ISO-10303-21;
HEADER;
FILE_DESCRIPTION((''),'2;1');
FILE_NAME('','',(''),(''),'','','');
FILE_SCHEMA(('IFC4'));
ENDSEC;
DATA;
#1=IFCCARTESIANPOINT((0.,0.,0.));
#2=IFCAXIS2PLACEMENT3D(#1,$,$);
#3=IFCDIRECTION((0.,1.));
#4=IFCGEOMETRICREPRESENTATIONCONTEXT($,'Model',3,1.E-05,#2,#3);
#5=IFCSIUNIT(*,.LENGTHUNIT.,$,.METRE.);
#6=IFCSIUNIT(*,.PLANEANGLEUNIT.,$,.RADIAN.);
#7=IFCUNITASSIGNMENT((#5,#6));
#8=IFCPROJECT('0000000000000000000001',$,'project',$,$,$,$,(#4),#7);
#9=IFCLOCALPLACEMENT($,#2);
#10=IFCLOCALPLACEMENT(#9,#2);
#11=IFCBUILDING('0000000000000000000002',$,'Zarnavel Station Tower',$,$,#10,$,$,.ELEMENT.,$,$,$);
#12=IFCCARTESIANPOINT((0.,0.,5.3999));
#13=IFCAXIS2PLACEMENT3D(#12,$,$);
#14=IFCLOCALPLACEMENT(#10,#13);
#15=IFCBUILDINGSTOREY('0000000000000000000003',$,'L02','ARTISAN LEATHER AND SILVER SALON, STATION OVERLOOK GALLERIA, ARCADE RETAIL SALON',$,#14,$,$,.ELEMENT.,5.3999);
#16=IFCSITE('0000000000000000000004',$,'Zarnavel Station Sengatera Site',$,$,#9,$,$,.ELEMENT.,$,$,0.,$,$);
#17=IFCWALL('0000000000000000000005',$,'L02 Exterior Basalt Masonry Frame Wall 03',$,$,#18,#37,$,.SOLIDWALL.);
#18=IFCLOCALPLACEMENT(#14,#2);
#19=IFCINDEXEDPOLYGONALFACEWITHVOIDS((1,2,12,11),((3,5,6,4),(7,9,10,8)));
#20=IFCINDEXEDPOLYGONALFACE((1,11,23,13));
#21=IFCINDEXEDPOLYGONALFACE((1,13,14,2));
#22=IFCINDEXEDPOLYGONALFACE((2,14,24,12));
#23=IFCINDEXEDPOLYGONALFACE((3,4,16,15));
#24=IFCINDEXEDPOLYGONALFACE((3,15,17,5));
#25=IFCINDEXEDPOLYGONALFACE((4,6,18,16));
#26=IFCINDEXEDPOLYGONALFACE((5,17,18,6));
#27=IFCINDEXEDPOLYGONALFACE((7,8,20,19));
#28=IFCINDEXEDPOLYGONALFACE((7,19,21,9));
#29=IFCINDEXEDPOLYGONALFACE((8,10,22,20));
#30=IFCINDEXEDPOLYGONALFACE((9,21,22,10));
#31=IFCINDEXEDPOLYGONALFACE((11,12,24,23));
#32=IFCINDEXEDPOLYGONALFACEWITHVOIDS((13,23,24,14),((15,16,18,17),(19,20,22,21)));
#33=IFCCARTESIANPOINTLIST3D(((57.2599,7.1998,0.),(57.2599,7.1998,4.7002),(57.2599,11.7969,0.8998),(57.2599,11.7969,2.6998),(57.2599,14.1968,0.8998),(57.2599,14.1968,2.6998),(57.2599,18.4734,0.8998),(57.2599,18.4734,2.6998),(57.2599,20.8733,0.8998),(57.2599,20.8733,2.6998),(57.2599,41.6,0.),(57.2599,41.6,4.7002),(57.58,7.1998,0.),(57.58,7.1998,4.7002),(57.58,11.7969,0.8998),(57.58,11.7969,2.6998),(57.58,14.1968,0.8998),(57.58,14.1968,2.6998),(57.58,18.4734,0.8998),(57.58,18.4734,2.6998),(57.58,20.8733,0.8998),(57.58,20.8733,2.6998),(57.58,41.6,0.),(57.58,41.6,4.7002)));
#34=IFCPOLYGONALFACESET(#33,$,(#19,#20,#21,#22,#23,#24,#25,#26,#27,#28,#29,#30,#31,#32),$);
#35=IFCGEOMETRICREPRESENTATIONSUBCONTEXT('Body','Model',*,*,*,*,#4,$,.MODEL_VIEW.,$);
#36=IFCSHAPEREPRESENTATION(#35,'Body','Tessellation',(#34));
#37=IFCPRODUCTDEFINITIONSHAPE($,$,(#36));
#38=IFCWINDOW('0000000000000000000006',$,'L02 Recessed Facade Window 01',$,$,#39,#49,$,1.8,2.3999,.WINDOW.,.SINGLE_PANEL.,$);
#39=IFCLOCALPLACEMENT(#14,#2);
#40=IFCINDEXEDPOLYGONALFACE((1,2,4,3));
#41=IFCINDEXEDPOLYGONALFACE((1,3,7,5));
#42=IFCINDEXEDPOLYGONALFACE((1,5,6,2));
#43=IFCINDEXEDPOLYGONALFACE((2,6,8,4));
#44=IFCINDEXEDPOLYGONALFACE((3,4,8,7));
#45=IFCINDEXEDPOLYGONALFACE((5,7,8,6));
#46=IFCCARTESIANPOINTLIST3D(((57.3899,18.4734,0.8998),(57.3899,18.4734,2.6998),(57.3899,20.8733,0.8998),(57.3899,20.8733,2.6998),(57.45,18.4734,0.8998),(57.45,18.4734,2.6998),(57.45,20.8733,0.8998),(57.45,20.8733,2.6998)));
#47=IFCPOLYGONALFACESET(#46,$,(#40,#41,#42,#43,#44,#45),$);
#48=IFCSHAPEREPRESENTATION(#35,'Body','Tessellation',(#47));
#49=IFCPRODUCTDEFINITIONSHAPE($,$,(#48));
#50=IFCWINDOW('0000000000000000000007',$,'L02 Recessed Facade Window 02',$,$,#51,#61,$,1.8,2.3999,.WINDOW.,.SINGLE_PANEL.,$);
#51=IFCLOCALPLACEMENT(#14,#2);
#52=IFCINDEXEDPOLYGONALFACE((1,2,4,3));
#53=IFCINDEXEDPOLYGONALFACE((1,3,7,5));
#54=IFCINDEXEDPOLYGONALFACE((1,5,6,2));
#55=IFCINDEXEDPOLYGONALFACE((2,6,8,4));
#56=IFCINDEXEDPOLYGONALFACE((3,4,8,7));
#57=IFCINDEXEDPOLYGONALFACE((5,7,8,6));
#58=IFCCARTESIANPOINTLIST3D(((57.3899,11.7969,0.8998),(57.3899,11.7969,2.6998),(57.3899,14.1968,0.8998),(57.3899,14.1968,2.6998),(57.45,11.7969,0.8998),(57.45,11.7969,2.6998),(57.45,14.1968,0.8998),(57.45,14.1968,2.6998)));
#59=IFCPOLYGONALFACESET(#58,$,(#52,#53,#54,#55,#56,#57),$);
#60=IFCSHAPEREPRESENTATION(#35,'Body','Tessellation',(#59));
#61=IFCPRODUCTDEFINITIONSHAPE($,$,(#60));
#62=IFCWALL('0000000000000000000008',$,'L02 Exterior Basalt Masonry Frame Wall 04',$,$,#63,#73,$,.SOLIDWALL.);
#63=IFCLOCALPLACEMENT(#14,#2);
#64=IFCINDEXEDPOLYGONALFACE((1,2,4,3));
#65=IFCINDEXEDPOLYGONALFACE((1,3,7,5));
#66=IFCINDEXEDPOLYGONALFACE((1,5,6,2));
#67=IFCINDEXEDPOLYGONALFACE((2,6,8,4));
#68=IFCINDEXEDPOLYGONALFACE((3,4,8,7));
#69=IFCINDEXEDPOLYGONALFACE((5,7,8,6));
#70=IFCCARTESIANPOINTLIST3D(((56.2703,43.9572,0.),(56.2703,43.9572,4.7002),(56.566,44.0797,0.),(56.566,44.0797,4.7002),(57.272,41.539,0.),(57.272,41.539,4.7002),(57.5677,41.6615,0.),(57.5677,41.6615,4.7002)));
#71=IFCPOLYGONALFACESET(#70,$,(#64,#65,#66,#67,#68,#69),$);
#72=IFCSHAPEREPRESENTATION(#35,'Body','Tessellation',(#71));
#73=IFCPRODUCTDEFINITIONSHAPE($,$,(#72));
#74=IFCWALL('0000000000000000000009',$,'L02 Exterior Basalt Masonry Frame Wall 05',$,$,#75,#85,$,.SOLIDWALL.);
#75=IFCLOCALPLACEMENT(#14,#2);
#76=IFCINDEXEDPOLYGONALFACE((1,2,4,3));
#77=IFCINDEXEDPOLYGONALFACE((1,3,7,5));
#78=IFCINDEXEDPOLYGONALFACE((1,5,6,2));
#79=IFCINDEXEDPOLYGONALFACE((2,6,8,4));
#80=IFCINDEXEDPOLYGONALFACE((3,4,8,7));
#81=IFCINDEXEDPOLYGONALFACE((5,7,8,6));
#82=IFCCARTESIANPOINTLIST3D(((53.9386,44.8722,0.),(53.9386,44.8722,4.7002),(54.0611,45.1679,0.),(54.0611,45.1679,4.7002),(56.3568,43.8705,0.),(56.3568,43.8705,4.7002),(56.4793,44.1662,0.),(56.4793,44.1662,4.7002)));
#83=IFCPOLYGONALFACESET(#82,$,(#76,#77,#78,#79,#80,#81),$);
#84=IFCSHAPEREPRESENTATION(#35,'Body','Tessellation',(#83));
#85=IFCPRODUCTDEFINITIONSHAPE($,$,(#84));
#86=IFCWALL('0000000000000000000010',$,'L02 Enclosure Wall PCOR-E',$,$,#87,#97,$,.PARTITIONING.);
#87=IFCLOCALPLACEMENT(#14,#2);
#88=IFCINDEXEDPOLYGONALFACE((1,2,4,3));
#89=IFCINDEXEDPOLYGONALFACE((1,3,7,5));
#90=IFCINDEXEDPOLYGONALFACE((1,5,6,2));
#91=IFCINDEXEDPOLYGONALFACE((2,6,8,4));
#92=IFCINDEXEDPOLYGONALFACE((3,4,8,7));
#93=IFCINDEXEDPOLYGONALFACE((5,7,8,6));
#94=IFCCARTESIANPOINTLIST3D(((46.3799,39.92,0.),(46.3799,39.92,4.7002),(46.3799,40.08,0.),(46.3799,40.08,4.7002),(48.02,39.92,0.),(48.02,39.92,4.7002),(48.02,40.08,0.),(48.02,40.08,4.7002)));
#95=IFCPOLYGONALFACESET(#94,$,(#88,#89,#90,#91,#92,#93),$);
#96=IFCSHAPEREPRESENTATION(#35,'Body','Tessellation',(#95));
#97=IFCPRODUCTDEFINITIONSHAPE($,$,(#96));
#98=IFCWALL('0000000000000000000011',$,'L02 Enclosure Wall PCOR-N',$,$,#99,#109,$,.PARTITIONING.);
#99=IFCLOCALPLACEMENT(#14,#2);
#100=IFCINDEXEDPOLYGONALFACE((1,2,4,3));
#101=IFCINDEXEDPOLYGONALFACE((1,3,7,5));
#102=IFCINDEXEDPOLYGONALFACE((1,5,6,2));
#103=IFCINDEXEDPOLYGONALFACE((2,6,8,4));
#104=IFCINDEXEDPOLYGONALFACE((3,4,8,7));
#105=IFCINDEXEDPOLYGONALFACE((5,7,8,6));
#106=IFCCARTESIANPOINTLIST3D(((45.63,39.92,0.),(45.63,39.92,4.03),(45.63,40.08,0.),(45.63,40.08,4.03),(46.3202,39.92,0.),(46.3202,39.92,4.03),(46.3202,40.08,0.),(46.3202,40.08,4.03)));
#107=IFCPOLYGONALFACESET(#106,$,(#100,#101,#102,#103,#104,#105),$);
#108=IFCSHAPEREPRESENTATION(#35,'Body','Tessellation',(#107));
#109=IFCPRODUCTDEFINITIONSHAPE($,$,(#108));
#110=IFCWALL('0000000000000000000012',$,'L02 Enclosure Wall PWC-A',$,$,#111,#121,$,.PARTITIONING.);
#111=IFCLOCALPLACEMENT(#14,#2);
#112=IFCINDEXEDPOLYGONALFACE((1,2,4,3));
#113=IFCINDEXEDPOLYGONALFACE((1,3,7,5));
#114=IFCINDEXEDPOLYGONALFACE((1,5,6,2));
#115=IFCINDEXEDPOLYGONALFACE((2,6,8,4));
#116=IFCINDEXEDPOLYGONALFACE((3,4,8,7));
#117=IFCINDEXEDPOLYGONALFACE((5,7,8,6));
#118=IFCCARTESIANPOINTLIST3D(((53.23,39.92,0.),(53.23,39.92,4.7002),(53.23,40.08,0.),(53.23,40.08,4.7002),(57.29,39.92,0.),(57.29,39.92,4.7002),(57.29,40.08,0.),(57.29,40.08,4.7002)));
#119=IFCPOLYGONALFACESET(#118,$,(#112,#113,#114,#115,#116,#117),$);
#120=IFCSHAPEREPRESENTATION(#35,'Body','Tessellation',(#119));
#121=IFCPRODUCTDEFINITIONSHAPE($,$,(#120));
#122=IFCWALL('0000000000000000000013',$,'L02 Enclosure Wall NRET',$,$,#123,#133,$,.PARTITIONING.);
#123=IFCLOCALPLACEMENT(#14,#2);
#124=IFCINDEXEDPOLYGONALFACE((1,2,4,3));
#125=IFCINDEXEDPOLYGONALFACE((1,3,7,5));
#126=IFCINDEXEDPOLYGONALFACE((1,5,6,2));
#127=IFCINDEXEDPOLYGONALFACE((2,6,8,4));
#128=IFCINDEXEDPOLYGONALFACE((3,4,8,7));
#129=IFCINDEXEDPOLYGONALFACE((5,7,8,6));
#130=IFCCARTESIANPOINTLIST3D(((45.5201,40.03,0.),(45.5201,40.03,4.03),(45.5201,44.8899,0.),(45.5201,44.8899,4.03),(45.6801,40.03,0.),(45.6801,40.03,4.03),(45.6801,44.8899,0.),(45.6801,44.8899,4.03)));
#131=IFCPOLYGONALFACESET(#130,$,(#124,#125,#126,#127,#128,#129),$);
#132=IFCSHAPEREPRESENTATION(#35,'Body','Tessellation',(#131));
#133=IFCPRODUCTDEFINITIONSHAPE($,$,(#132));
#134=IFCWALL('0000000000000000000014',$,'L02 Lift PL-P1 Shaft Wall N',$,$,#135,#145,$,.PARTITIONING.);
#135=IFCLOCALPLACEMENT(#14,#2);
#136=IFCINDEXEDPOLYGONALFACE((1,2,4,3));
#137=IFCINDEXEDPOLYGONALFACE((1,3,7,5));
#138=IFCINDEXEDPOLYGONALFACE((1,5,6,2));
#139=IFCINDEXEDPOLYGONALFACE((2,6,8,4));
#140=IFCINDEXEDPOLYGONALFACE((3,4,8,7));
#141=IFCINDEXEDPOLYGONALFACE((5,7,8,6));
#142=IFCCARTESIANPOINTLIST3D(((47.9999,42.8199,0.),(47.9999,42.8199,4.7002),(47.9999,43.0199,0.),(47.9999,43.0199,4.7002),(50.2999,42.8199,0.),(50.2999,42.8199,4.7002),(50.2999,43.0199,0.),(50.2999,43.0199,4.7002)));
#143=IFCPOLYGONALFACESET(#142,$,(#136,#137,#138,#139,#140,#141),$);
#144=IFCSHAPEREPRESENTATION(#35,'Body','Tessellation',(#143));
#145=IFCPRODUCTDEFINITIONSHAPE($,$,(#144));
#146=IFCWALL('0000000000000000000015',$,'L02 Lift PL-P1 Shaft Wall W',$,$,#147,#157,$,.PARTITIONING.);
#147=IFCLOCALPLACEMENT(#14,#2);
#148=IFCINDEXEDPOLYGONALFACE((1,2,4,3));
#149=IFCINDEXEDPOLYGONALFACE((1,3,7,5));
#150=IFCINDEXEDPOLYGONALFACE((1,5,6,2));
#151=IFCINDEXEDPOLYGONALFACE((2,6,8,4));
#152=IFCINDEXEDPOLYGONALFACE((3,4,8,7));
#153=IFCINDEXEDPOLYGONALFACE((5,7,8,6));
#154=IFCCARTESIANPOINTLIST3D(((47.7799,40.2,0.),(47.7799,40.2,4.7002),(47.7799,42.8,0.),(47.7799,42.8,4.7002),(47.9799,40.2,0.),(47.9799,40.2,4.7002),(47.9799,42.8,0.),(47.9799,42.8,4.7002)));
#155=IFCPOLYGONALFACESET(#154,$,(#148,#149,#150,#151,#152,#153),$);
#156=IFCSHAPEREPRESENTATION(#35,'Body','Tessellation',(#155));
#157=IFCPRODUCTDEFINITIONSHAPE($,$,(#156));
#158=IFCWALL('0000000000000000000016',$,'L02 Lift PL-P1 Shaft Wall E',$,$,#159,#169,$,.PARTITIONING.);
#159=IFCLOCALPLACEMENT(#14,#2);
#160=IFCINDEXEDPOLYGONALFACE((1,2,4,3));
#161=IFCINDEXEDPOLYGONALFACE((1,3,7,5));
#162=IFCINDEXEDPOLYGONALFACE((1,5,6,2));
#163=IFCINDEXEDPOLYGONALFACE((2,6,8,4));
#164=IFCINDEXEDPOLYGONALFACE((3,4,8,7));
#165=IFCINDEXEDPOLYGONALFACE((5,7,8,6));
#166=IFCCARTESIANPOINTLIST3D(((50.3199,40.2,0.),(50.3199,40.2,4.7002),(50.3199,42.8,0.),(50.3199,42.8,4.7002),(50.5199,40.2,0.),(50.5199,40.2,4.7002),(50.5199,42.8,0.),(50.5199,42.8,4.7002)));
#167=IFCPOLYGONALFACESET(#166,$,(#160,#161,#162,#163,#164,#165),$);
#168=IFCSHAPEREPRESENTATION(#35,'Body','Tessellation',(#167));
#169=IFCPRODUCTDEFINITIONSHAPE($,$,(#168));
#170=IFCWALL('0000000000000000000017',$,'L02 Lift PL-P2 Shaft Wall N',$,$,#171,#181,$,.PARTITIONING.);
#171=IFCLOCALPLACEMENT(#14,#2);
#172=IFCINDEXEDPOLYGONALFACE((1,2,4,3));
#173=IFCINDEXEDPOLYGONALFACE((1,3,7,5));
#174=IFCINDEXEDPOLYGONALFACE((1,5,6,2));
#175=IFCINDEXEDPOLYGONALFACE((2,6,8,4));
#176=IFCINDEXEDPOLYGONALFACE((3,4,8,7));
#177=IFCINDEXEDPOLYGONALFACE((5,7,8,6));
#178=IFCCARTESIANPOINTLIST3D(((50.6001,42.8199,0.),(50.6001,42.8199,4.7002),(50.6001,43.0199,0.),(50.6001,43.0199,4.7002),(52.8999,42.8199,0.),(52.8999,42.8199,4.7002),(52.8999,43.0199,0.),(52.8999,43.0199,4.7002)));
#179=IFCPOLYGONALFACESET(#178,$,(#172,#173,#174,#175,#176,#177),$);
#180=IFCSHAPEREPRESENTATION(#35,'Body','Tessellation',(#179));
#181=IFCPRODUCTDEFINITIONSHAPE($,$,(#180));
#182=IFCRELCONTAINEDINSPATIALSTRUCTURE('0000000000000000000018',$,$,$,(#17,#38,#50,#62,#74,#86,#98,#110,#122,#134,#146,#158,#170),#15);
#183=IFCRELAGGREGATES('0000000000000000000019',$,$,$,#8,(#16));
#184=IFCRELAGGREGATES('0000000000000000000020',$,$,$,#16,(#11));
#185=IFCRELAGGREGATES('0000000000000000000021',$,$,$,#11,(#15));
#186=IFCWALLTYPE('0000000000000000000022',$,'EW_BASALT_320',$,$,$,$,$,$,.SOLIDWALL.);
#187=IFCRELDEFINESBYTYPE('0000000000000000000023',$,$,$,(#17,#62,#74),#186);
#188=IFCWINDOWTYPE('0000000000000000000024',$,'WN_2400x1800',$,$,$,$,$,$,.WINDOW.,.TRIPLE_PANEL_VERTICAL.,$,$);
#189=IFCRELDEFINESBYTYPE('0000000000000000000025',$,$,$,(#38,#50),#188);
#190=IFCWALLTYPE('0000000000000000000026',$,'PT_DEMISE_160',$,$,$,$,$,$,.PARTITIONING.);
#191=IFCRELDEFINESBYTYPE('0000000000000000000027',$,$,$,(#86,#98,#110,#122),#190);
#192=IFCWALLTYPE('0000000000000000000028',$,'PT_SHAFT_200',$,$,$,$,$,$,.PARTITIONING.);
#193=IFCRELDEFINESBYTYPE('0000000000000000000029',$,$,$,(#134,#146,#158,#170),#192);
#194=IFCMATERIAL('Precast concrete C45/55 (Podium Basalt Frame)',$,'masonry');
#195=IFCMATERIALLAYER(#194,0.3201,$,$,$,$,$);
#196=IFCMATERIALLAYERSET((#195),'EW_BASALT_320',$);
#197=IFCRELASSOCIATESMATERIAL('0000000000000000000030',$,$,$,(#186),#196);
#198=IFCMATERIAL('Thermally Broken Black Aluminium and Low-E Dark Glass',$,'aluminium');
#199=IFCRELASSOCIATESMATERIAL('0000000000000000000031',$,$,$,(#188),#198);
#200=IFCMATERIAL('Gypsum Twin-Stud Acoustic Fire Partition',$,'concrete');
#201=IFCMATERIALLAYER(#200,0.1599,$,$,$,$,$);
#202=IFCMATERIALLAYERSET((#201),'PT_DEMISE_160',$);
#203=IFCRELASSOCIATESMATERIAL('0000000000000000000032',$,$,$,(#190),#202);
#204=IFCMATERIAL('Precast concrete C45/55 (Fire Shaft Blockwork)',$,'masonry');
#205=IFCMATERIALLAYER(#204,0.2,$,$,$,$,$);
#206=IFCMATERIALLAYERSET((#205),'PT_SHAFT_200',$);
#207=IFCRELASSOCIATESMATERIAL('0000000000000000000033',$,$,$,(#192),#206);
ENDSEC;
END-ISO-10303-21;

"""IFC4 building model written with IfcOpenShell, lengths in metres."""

from ifc_helpers import new_model, si_unit, direction, frame, frame_2d, origin, place, context, subcontext, project, spatial, rectangle, extrude, material, layer, layer_set, type_object, element, fill, save


model = new_model("IFC4")

# Units and contexts
model_context = context("Model", 3, precision=1e-05, world=origin(), true_north=direction((0.0, 1.0)))
body_context = subcontext(model_context, "Body", "Model", "MODEL_VIEW")
ifc_project = project(units=[si_unit("LENGTHUNIT", "METRE"), si_unit("PLANEANGLEUNIT", "RADIAN")], contexts=[model_context])

# Site, building, storey
site_placement = place(None, origin())
site = spatial("IfcSite", under=ifc_project, at=site_placement, Name="Zarnavel Station Sengatera Site", CompositionType="ELEMENT", RefElevation=0.0)
building_placement = place(site_placement, origin())
building = spatial("IfcBuilding", under=site, at=building_placement, Name="Zarnavel Station Tower", CompositionType="ELEMENT")
storey_placement = place(building_placement, frame((0.0, 0.0, 5.3999)))
storey = spatial("IfcBuildingStorey", under=building, at=storey_placement, Name="L02", Description="ARTISAN LEATHER AND SILVER SALON, STATION OVERLOOK GALLERIA, ARCADE RETAIL SALON", CompositionType="ELEMENT", Elevation=5.3999)

# Wall, openings, windows
ifc_material_1 = material(Name="Precast concrete C45/55 (Podium Basalt Frame)", Category="masonry")
ifc_layer_1 = layer(ifc_material_1, 0.3201)
ifc_layer_set_1 = layer_set([ifc_layer_1], Name="EW_BASALT_320")
wall_type_1 = type_object("IfcWallType", Name="EW_BASALT_320", PredefinedType="SOLIDWALL", material=ifc_layer_set_1)
wall_1_placement = place(storey_placement, frame((57.4199, 41.6001, 0.0), z_axis=(0.0, 0.0, 1.0), x_axis=(0.0, -1.0, 0.0)))
wall_1 = element("IfcWall", 1, at=wall_1_placement, inside=storey, type_object=wall_type_1, Name="L02 Exterior Basalt Masonry Frame Wall 03", PredefinedType="SOLIDWALL", context=body_context, shape_type="SweptSolid", body=[
    extrude(rectangle(XDim=34.4001, YDim=0.3201, at=frame_2d((17.2002, 0.0))), origin(), (0.0, 0.0, 1.0), 4.7002),
])
opening_1_placement = place(wall_1_placement, frame((20.7268, 0.0, 0.8999)))
opening_1 = element("IfcOpeningElement", 2, at=opening_1_placement, cuts=wall_1, PredefinedType="OPENING", context=body_context, shape_type="SweptSolid", body=[
    extrude(rectangle(XDim=2.3999, YDim=1.8, at=frame_2d((1.2, 0.8999))), frame((0.0, 0.1699, 0.0), z_axis=(0.0, -1.0, 0.0), x_axis=(1.0, 0.0, 0.0)), (0.0, 0.0, 1.0), 0.3401),
])
opening_2_placement = place(wall_1_placement, frame((27.4033, 0.0, 0.8999)))
opening_2 = element("IfcOpeningElement", 3, at=opening_2_placement, cuts=wall_1, PredefinedType="OPENING", context=body_context, shape_type="SweptSolid", body=[
    extrude(rectangle(XDim=2.3999, YDim=1.8, at=frame_2d((1.2, 0.8999))), frame((0.0, 0.1699, 0.0), z_axis=(0.0, -1.0, 0.0), x_axis=(1.0, 0.0, 0.0)), (0.0, 0.0, 1.0), 0.3401),
])
ifc_material_2 = material(Name="Thermally Broken Black Aluminium and Low-E Dark Glass", Category="aluminium")
window_type = type_object("IfcWindowType", Name="WN_2400x1800", PartitioningType="TRIPLE_PANEL_VERTICAL", PredefinedType="WINDOW", material=ifc_material_2)
window_1_placement = place(opening_1_placement, origin())
window_1 = element("IfcWindow", 4, at=window_1_placement, inside=storey, type_object=window_type, Name="L02 Recessed Facade Window 01", OverallHeight=1.8, OverallWidth=2.3999, PartitioningType="SINGLE_PANEL", PredefinedType="WINDOW", context=body_context, shape_type="SweptSolid", body=[
    extrude(rectangle(XDim=2.3999, YDim=1.8, at=frame_2d((1.2, 0.8999))), frame((0.0, 0.03, 0.0), z_axis=(0.0, -1.0, 0.0), x_axis=(1.0, 0.0, 0.0)), (0.0, 0.0, 1.0), 0.0601),
])
fill(opening_1, window_1)
window_2_placement = place(opening_2_placement, origin())
window_2 = element("IfcWindow", 5, at=window_2_placement, inside=storey, type_object=window_type, Name="L02 Recessed Facade Window 02", OverallHeight=1.8, OverallWidth=2.3999, PartitioningType="SINGLE_PANEL", PredefinedType="WINDOW", context=body_context, shape_type="SweptSolid", body=[
    extrude(rectangle(XDim=2.3999, YDim=1.8, at=frame_2d((1.2, 0.8999))), frame((0.0, 0.03, 0.0), z_axis=(0.0, -1.0, 0.0), x_axis=(1.0, 0.0, 0.0)), (0.0, 0.0, 1.0), 0.0601),
])
fill(opening_2, window_2)

# Walls
for number, where, z_axis, x_axis, name in (
    (6, (56.4182, 44.0183, 0.0), (0.0, 0.0, 1.0), (0.382701, -0.923872, 0.0), "L02 Exterior Basalt Masonry Frame Wall 04"),
    (7, (54.0, 45.02, 0.0), (0.0, 0.0, 1.0), (0.923872, -0.382701, 0.0), "L02 Exterior Basalt Masonry Frame Wall 05"),
):
    element("IfcWall", number, at=place(storey_placement, frame(where, z_axis=z_axis, x_axis=x_axis)), inside=storey, type_object=wall_type_1, Name=name, PredefinedType="SOLIDWALL", context=body_context, shape_type="SweptSolid", body=[
        extrude(rectangle(XDim=2.6174, YDim=0.3201, at=frame_2d((1.3086, 0.0))), origin(), (0.0, 0.0, 1.0), 4.7002),
    ])
ifc_material_3 = material(Name="Gypsum Twin-Stud Acoustic Fire Partition", Category="concrete")
ifc_layer_2 = layer(ifc_material_3, 0.1599)
ifc_layer_set_2 = layer_set([ifc_layer_2], Name="PT_DEMISE_160")
wall_type_2 = type_object("IfcWallType", Name="PT_DEMISE_160", PredefinedType="PARTITIONING", material=ifc_layer_set_2)
wall_2_placement = place(storey_placement, frame((46.3799, 40.0, 0.0), z_axis=(0.0, 0.0, 1.0), x_axis=(1.0, 0.0, 0.0)))
element("IfcWall", 8, at=wall_2_placement, inside=storey, type_object=wall_type_2, Name="L02 Enclosure Wall PCOR-E", PredefinedType="PARTITIONING", context=body_context, shape_type="SweptSolid", body=[
    extrude(rectangle(XDim=1.6401, YDim=0.1599, at=frame_2d((0.8201, 0.0))), origin(), (0.0, 0.0, 1.0), 4.7002),
])
wall_3_placement = place(storey_placement, frame((45.6299, 40.0, 0.0), z_axis=(0.0, 0.0, 1.0), x_axis=(1.0, 0.0, 0.0)))
element("IfcWall", 9, at=wall_3_placement, inside=storey, type_object=wall_type_2, Name="L02 Enclosure Wall PCOR-N", PredefinedType="PARTITIONING", context=body_context, shape_type="SweptSolid", body=[
    extrude(rectangle(XDim=0.6902, YDim=0.1599, at=frame_2d((0.3452, 0.0))), origin(), (0.0, 0.0, 1.0), 4.03),
])
wall_4_placement = place(storey_placement, frame((53.23, 40.0, 0.0), z_axis=(0.0, 0.0, 1.0), x_axis=(1.0, 0.0, 0.0)))
element("IfcWall", 10, at=wall_4_placement, inside=storey, type_object=wall_type_2, Name="L02 Enclosure Wall PWC-A", PredefinedType="PARTITIONING", context=body_context, shape_type="SweptSolid", body=[
    extrude(rectangle(XDim=4.0601, YDim=0.1599, at=frame_2d((2.03, 0.0))), origin(), (0.0, 0.0, 1.0), 4.7002),
])
wall_5_placement = place(storey_placement, frame((45.6001, 40.03, 0.0), z_axis=(0.0, 0.0, 1.0), x_axis=(0.0, 1.0, 0.0)))
element("IfcWall", 11, at=wall_5_placement, inside=storey, type_object=wall_type_2, Name="L02 Enclosure Wall NRET", PredefinedType="PARTITIONING", context=body_context, shape_type="SweptSolid", body=[
    extrude(rectangle(XDim=4.8599, YDim=0.1599, at=frame_2d((2.4299, 0.0))), origin(), (0.0, 0.0, 1.0), 4.03),
])

# Shared definitions
ifc_material_4 = material(Name="Precast concrete C45/55 (Fire Shaft Blockwork)", Category="masonry")
ifc_layer_3 = layer(ifc_material_4, 0.2)
ifc_layer_set_3 = layer_set([ifc_layer_3], Name="PT_SHAFT_200")
wall_type_3 = type_object("IfcWallType", Name="PT_SHAFT_200", PredefinedType="PARTITIONING", material=ifc_layer_set_3)

# Walls
wall_6_placement = place(storey_placement, frame((48.0, 42.9199, 0.0), z_axis=(0.0, 0.0, 1.0), x_axis=(1.0, 0.0, 0.0)))
element("IfcWall", 12, at=wall_6_placement, inside=storey, type_object=wall_type_3, Name="L02 Lift PL-P1 Shaft Wall N", PredefinedType="PARTITIONING", context=body_context, shape_type="SweptSolid", body=[
    extrude(rectangle(XDim=2.3, YDim=0.2, at=frame_2d((1.1499, 0.0))), origin(), (0.0, 0.0, 1.0), 4.7002),
])
for number, where, z_axis, x_axis, name in (
    (13, (47.8799, 40.2, 0.0), (0.0, 0.0, 1.0), (0.0, 1.0, 0.0), "L02 Lift PL-P1 Shaft Wall W"),
    (14, (50.4199, 40.2, 0.0), (0.0, 0.0, 1.0), (0.0, 1.0, 0.0), "L02 Lift PL-P1 Shaft Wall E"),
):
    element("IfcWall", number, at=place(storey_placement, frame(where, z_axis=z_axis, x_axis=x_axis)), inside=storey, type_object=wall_type_3, Name=name, PredefinedType="PARTITIONING", context=body_context, shape_type="SweptSolid", body=[
        extrude(rectangle(XDim=2.6001, YDim=0.2, at=frame_2d((1.3, 0.0))), origin(), (0.0, 0.0, 1.0), 4.7002),
    ])

# Wall
wall_7_placement = place(storey_placement, frame((50.6001, 42.9199, 0.0), z_axis=(0.0, 0.0, 1.0), x_axis=(1.0, 0.0, 0.0)))
element("IfcWall", 15, at=wall_7_placement, inside=storey, type_object=wall_type_3, Name="L02 Lift PL-P2 Shaft Wall N", PredefinedType="PARTITIONING", context=body_context, shape_type="SweptSolid", body=[
    extrude(rectangle(XDim=2.2998, YDim=0.2, at=frame_2d((1.1499, 0.0))), origin(), (0.0, 0.0, 1.0), 4.7002),
])

save(model, "model.ifc")
